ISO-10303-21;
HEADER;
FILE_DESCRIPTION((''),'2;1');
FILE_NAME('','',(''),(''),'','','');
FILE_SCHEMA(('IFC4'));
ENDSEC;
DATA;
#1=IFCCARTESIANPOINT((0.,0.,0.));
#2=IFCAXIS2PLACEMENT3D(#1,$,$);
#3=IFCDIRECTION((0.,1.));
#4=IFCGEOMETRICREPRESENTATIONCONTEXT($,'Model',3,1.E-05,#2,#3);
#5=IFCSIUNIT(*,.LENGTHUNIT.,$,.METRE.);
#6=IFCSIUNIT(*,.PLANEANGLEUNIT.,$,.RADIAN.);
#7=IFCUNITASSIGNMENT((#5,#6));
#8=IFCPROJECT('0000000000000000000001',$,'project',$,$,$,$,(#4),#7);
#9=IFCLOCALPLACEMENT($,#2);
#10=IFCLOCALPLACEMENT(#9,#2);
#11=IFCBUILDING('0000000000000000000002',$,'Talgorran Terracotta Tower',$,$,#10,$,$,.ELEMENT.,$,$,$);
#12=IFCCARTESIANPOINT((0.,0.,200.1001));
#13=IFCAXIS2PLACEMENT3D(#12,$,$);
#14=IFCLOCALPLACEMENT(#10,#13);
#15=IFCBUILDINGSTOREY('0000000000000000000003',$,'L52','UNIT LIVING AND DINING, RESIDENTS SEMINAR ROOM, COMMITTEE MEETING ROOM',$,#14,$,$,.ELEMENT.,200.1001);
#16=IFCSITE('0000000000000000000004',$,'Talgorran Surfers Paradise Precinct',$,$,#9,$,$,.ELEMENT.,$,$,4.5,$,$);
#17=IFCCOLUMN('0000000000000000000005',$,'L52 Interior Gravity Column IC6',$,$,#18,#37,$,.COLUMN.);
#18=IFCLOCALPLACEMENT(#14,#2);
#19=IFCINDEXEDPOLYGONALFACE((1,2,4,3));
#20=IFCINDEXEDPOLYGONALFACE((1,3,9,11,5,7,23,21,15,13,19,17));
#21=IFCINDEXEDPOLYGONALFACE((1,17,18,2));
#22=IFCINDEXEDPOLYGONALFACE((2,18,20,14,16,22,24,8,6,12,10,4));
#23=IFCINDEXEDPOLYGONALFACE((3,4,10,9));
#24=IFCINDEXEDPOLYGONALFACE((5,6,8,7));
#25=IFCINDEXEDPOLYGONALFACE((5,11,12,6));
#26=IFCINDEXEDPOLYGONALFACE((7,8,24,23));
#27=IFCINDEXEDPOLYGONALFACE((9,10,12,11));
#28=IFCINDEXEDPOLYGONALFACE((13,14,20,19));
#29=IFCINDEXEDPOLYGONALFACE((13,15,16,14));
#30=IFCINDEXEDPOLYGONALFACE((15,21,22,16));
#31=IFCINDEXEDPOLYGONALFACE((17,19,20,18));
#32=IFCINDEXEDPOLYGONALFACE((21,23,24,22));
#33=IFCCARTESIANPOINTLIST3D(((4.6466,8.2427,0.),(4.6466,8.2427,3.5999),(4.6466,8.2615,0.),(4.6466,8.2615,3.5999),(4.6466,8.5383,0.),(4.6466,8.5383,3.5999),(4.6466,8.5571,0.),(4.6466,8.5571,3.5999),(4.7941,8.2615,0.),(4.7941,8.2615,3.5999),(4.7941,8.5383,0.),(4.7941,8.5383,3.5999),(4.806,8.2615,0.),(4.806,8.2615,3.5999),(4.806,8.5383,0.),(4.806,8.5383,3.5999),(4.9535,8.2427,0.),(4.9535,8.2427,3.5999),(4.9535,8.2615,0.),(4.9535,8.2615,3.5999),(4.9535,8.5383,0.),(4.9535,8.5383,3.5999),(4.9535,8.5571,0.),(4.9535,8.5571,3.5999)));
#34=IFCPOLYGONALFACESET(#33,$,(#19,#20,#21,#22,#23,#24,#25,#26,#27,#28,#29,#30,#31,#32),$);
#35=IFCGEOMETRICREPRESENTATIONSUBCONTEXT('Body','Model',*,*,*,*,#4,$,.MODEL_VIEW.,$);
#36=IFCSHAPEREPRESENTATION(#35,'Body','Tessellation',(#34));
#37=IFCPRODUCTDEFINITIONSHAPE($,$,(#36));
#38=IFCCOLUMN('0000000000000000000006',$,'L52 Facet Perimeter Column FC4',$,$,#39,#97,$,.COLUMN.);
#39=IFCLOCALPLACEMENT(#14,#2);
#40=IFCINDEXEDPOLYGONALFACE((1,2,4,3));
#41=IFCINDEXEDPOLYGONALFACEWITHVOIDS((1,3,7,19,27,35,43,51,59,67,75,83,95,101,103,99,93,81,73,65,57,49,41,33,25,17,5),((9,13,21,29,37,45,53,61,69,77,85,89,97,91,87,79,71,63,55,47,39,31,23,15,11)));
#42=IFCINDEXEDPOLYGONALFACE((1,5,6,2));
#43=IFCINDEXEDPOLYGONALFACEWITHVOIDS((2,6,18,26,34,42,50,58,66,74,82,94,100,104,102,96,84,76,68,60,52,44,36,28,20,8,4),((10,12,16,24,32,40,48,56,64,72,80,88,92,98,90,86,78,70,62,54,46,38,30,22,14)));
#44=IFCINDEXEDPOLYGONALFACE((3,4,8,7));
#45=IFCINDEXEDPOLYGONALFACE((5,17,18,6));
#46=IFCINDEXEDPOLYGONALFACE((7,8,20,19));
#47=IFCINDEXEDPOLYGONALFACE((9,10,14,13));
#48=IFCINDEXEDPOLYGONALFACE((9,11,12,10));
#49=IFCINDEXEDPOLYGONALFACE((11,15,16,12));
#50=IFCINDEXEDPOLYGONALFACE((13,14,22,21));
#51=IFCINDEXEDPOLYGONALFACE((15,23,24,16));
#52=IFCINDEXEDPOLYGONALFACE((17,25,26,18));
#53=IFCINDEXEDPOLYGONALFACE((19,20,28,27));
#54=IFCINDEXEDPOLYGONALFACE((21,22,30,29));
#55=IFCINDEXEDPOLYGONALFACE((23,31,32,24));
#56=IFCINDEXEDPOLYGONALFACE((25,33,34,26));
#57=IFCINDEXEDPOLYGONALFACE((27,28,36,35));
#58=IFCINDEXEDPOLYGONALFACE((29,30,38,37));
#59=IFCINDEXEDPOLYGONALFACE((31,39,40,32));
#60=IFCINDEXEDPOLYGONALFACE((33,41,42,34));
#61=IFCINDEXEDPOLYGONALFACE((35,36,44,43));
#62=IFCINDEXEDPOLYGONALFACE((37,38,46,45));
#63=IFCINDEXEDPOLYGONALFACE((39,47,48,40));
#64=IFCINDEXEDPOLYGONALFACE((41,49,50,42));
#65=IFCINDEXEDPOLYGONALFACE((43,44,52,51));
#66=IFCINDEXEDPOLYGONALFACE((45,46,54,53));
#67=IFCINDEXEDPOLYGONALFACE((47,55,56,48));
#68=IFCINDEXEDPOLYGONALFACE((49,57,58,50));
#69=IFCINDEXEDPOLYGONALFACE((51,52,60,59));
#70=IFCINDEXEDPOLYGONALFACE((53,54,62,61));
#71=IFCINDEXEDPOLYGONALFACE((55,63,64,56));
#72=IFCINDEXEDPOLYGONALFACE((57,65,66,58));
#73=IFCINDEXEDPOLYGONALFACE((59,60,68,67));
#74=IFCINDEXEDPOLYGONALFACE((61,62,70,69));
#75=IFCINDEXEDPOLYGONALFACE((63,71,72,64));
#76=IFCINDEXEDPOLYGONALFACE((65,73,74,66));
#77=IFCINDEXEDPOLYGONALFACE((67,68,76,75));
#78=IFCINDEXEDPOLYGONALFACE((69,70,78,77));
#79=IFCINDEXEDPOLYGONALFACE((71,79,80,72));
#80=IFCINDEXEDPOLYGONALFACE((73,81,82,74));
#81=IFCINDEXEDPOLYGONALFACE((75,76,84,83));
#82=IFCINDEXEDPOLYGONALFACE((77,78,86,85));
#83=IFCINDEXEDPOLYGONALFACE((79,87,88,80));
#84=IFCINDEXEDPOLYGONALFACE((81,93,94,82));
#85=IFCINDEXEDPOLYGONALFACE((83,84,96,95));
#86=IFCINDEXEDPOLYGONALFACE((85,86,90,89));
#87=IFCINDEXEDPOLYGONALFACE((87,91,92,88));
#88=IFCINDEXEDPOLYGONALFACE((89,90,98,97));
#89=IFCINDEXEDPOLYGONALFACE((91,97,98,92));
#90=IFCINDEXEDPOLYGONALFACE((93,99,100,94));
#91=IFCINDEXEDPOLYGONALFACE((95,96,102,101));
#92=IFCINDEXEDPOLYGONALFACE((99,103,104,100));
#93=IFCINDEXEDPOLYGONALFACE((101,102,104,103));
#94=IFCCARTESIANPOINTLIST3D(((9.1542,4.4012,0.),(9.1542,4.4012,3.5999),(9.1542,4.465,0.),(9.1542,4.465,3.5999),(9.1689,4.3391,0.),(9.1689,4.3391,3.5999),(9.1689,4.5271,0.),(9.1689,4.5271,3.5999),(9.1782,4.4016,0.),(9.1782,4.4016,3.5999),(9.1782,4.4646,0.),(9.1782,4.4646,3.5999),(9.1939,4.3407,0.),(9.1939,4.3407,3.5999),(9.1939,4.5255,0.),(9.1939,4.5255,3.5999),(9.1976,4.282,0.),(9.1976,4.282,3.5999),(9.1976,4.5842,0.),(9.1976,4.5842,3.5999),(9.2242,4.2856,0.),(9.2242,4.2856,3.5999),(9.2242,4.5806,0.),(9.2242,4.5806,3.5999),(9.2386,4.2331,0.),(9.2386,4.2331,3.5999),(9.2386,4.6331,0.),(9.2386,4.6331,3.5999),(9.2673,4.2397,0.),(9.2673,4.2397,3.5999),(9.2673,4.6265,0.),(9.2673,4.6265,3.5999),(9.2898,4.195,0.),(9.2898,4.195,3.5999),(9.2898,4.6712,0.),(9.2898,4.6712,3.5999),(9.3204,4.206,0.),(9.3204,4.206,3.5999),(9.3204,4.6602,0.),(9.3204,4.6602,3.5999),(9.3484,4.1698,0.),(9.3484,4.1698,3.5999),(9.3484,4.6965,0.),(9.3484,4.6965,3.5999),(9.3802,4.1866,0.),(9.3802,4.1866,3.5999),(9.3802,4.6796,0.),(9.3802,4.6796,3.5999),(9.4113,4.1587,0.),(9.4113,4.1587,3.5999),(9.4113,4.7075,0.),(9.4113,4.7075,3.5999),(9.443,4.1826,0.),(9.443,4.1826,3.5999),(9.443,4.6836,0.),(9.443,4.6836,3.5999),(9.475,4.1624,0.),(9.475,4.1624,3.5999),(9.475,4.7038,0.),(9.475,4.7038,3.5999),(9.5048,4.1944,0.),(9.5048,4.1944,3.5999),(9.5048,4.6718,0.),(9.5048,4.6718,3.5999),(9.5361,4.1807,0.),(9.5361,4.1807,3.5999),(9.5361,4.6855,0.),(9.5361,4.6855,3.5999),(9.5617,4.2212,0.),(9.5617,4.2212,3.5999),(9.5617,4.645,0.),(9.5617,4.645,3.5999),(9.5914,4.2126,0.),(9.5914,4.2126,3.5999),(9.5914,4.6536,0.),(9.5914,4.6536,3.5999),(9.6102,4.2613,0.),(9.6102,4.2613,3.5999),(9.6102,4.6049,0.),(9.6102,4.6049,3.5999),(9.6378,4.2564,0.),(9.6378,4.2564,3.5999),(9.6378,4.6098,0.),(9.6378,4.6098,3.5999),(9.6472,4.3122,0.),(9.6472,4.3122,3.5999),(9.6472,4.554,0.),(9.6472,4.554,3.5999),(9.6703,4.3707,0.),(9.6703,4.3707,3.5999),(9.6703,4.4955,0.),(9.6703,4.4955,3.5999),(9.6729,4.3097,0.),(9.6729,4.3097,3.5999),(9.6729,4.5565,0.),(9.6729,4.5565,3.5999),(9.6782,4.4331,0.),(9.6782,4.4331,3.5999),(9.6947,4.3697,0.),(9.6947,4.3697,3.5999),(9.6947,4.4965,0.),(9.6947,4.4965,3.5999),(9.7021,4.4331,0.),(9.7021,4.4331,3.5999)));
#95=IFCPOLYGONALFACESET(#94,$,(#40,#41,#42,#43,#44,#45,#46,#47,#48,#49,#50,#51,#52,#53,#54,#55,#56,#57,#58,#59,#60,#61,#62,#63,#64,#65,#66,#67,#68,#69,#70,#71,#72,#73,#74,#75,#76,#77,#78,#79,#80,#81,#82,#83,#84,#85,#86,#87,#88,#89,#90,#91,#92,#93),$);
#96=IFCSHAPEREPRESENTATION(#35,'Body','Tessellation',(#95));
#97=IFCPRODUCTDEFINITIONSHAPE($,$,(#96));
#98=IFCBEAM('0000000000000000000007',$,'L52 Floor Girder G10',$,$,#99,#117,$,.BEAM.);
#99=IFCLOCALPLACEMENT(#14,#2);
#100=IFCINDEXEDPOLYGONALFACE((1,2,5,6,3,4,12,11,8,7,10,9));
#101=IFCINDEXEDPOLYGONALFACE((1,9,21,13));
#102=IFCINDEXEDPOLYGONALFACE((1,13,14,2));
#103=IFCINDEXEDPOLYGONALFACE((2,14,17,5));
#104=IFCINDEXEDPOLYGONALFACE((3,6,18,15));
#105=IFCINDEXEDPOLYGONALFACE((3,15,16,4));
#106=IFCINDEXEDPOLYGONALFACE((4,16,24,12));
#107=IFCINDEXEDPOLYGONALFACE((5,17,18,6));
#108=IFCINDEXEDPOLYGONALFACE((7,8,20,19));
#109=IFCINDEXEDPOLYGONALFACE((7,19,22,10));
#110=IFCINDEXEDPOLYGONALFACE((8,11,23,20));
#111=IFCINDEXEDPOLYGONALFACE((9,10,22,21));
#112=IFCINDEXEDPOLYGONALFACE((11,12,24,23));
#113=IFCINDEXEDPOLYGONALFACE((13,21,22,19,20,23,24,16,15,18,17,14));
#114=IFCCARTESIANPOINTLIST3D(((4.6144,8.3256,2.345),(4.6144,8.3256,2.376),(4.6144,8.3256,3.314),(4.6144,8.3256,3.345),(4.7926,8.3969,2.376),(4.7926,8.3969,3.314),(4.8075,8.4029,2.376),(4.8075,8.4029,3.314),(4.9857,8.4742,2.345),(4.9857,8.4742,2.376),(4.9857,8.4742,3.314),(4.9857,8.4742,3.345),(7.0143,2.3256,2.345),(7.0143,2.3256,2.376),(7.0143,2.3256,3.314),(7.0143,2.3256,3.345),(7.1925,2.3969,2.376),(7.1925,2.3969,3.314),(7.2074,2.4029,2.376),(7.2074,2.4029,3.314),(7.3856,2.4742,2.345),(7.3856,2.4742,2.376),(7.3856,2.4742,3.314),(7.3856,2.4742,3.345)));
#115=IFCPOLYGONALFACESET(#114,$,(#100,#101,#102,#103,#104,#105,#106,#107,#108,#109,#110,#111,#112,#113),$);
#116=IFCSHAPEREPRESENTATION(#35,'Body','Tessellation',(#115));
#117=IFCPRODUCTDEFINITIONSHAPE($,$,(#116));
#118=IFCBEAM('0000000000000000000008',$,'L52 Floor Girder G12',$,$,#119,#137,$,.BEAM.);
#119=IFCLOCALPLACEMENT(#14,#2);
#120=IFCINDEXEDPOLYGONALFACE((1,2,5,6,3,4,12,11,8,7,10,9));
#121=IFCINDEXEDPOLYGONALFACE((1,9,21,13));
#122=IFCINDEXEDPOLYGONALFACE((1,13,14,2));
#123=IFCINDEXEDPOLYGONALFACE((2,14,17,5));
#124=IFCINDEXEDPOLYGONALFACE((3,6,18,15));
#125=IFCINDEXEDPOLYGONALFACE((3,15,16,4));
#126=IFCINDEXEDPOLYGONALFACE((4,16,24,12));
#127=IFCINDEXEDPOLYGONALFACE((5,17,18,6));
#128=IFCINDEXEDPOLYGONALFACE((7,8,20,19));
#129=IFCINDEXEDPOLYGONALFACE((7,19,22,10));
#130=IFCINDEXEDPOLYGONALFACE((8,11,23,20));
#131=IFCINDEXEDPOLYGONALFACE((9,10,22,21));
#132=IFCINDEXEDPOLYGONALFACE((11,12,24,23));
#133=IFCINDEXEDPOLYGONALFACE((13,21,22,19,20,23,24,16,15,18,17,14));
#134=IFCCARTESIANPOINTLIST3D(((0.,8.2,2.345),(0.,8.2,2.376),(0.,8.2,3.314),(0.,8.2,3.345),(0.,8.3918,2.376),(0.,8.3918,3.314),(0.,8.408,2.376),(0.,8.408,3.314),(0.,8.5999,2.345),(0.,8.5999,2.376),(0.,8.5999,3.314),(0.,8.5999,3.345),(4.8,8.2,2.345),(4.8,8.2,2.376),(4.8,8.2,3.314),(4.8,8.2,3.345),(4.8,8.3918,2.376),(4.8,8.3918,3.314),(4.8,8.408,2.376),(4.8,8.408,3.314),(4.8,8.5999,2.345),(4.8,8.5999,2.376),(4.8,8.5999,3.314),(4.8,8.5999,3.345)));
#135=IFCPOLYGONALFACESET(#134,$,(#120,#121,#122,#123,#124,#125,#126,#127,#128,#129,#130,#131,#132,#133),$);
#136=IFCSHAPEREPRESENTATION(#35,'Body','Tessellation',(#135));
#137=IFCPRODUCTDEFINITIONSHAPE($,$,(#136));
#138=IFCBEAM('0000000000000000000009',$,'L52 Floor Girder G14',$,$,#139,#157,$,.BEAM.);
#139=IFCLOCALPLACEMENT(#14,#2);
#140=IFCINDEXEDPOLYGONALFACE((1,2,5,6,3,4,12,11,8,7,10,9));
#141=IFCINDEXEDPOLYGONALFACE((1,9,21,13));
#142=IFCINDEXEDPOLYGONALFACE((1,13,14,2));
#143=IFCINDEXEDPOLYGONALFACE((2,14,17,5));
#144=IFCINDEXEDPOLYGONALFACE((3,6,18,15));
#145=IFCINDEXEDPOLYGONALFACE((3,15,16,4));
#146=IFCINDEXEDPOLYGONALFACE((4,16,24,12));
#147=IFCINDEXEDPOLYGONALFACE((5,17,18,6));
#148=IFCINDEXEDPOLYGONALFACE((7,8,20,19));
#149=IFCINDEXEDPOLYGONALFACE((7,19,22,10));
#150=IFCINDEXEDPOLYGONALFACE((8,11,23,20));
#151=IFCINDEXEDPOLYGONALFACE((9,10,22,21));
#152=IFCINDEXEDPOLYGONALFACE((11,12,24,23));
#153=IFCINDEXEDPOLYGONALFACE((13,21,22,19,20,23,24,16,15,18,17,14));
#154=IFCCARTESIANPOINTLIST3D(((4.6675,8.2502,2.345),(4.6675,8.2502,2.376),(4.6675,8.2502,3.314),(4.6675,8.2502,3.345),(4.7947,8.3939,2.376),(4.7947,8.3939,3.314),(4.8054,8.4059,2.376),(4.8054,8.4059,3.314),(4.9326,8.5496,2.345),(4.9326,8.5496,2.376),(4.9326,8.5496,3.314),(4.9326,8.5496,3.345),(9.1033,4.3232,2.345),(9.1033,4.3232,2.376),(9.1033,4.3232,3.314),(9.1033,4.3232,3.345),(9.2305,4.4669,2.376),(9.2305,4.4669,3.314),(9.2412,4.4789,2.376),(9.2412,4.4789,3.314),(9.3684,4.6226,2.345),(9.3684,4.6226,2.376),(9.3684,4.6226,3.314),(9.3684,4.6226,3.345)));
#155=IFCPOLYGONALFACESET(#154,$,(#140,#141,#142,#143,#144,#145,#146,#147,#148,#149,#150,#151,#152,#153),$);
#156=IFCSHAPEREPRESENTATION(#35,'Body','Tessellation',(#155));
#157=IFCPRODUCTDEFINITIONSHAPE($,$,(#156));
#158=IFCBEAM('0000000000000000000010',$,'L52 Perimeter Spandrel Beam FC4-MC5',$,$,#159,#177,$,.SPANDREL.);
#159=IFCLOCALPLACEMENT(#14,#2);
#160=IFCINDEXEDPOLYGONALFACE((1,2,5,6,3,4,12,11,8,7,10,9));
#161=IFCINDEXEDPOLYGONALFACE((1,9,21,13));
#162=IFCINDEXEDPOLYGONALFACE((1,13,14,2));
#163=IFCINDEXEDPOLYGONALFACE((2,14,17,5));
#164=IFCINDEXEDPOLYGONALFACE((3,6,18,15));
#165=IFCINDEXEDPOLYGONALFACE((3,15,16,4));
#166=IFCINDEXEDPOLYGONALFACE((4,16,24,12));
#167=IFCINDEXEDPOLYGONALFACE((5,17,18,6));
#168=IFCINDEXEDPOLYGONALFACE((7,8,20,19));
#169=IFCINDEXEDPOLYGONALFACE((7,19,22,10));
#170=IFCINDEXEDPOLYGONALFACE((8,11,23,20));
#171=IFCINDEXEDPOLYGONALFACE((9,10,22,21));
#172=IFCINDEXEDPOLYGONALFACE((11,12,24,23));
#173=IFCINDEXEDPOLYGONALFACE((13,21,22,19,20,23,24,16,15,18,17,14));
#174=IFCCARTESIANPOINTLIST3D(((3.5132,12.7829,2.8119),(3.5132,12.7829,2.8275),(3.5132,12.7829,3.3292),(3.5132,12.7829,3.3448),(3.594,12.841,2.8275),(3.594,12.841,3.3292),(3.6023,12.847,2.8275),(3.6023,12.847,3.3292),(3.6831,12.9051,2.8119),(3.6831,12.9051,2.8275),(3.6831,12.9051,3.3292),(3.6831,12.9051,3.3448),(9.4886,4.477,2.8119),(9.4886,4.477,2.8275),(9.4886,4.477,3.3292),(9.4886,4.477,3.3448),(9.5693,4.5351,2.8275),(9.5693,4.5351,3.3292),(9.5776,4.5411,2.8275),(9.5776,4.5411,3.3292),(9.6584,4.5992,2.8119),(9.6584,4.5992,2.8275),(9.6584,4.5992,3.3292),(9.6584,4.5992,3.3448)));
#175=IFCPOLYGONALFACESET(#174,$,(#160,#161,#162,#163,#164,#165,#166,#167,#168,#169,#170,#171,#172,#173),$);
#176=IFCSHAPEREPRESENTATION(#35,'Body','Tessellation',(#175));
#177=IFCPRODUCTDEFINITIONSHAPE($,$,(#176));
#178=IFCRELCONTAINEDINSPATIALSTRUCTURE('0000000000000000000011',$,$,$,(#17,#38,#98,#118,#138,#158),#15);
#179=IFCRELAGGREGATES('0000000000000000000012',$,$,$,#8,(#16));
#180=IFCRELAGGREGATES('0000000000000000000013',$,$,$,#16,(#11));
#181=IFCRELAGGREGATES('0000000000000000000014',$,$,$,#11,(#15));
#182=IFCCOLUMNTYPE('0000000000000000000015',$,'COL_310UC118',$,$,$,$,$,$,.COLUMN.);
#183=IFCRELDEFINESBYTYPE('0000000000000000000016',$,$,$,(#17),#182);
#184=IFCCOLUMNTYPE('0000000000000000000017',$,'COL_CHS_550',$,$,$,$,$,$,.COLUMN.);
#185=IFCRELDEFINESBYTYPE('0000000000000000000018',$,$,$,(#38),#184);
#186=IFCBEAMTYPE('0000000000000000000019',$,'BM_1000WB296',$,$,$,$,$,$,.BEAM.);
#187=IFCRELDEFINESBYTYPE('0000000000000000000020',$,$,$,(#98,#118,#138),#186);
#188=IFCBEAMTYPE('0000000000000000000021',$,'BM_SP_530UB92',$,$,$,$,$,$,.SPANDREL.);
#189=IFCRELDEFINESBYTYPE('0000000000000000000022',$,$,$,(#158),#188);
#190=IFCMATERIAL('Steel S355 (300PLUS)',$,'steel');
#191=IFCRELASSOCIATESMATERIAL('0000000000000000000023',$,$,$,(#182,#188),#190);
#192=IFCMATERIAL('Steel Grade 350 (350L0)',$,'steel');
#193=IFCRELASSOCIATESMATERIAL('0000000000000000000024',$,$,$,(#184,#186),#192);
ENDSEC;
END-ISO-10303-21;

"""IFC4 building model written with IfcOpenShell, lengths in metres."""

from ifc_helpers import new_model, si_unit, direction, frame, origin, origin_2d, place, context, subcontext, project, spatial, hollow_circle, i_section, extrude, material, material_profile, profile_set, type_object, element, save


model = new_model("IFC4")

# Units and contexts
model_context = context("Model", 3, precision=1e-05, world=origin(), true_north=direction((0.0, 1.0)))
body_context = subcontext(model_context, "Body", "Model", "MODEL_VIEW")
ifc_project = project(units=[si_unit("LENGTHUNIT", "METRE"), si_unit("PLANEANGLEUNIT", "RADIAN")], contexts=[model_context])

# Site, building, storey
site_placement = place(None, origin())
site = spatial("IfcSite", under=ifc_project, at=site_placement, Name="Talgorran Surfers Paradise Precinct", CompositionType="ELEMENT", RefElevation=4.5)
building_placement = place(site_placement, origin())
building = spatial("IfcBuilding", under=site, at=building_placement, Name="Talgorran Terracotta Tower", CompositionType="ELEMENT")
storey_placement = place(building_placement, frame((0.0, 0.0, 200.1001)))
storey = spatial("IfcBuildingStorey", under=building, at=storey_placement, Name="L52", Description="UNIT LIVING AND DINING, RESIDENTS SEMINAR ROOM, COMMITTEE MEETING ROOM", CompositionType="ELEMENT", Elevation=200.1001)

# Columns
ifc_material_1 = material(Name="Steel S355 (300PLUS)", Category="steel")
ifc_material_profile_1 = material_profile(ifc_material_1, i_section(OverallWidth=0.3069, OverallDepth=0.3145, WebThickness=0.012, FlangeThickness=0.0188, at=origin_2d()), Name="310UC118")
ifc_profile_set_1 = profile_set([ifc_material_profile_1], Name="Steel S355 (300PLUS)")
column_type_1 = type_object("IfcColumnType", Name="COL_310UC118", PredefinedType="COLUMN", material=ifc_profile_set_1)
column_1_placement = place(storey_placement, frame((4.8, 8.3999, 0.0), z_axis=(0.0, 0.0, 1.0), x_axis=(1.0, 0.0, 0.0)))
element("IfcColumn", 1, at=column_1_placement, inside=storey, type_object=column_type_1, Name="L52 Interior Gravity Column IC6", PredefinedType="COLUMN", context=body_context, shape_type="SweptSolid", body=[
    extrude(i_section(OverallWidth=0.3069, OverallDepth=0.3145, WebThickness=0.012, FlangeThickness=0.0188, at=origin_2d()), origin(), (0.0, 0.0, 1.0), 3.5999),
])
ifc_material_2 = material(Name="Steel Grade 350 (350L0)", Category="steel")
ifc_material_profile_2 = material_profile(ifc_material_2, hollow_circle(Radius=0.2749, WallThickness=0.0239, at=origin_2d()), Name="CHS550X24")
ifc_profile_set_2 = profile_set([ifc_material_profile_2], Name="Steel Grade 350 (350L0)")
column_type_2 = type_object("IfcColumnType", Name="COL_CHS_550", PredefinedType="COLUMN", material=ifc_profile_set_2)
column_2_placement = place(storey_placement, frame((9.4272, 4.4331, 0.0), z_axis=(0.0, 0.0, 1.0), x_axis=(1.0, 0.0, 0.0)))
element("IfcColumn", 2, at=column_2_placement, inside=storey, type_object=column_type_2, Name="L52 Facet Perimeter Column FC4", PredefinedType="COLUMN", context=body_context, shape_type="SweptSolid", body=[
    extrude(hollow_circle(Radius=0.2749, WallThickness=0.0239, at=origin_2d()), origin(), (0.0, 0.0, 1.0), 3.5999),
])

# Beams
ifc_material_profile_3 = material_profile(ifc_material_2, i_section(OverallWidth=0.3999, OverallDepth=1.0, WebThickness=0.0161, FlangeThickness=0.031, at=origin_2d()), Name="1000WB296")
ifc_profile_set_3 = profile_set([ifc_material_profile_3], Name="Steel Grade 350 (350L0)")
beam_type_1 = type_object("IfcBeamType", Name="BM_1000WB296", PredefinedType="BEAM", material=ifc_profile_set_3)
beam_1_placement = place(storey_placement, frame((7.2, 2.3999, 2.845), z_axis=(-0.371378, 0.928482, 0.0), x_axis=(-0.928482, -0.371378, 0.0)))
element("IfcBeam", 3, at=beam_1_placement, inside=storey, type_object=beam_type_1, Name="L52 Floor Girder G10", PredefinedType="BEAM", context=body_context, shape_type="SweptSolid", body=[
    extrude(i_section(OverallWidth=0.3999, OverallDepth=1.0, WebThickness=0.0161, FlangeThickness=0.031, at=origin_2d()), origin(), (0.0, 0.0, 1.0), 6.4622),
])
beam_2_placement = place(storey_placement, frame((0.0, 8.3999, 2.845), z_axis=(1.0, 0.0, 0.0), x_axis=(0.0, 1.0, 0.0)))
element("IfcBeam", 4, at=beam_2_placement, inside=storey, type_object=beam_type_1, Name="L52 Floor Girder G12", PredefinedType="BEAM", context=body_context, shape_type="SweptSolid", body=[
    extrude(i_section(OverallWidth=0.3999, OverallDepth=1.0, WebThickness=0.0161, FlangeThickness=0.031, at=origin_2d()), origin(), (0.0, 0.0, 1.0), 4.8),
])
beam_3_placement = place(storey_placement, frame((4.8, 8.3999, 2.845), z_axis=(0.748742, -0.662861, 0.0), x_axis=(0.662861, 0.748742, 0.0)))
element("IfcBeam", 5, at=beam_3_placement, inside=storey, type_object=beam_type_1, Name="L52 Floor Girder G14", PredefinedType="BEAM", context=body_context, shape_type="SweptSolid", body=[
    extrude(i_section(OverallWidth=0.3999, OverallDepth=1.0, WebThickness=0.0161, FlangeThickness=0.031, at=origin_2d()), origin(), (0.0, 0.0, 1.0), 5.9243),
])
ifc_material_profile_4 = material_profile(ifc_material_1, i_section(OverallWidth=0.2092, OverallDepth=0.533, WebThickness=0.0103, FlangeThickness=0.0156, at=origin_2d()), Name="530UB92.4")
ifc_profile_set_4 = profile_set([ifc_material_profile_4], Name="Steel S355 (300PLUS)")
beam_type_2 = type_object("IfcBeamType", Name="BM_SP_530UB92", PredefinedType="SPANDREL", material=ifc_profile_set_4)
beam_4_placement = place(storey_placement, frame((9.5735, 4.5381, 3.0784), z_axis=(-0.583989, 0.811762, 0.0), x_axis=(-0.811762, -0.583989, 0.0)))
element("IfcBeam", 6, at=beam_4_placement, inside=storey, type_object=beam_type_2, Name="L52 Perimeter Spandrel Beam FC4-MC5", PredefinedType="SPANDREL", context=body_context, shape_type="SweptSolid", body=[
    extrude(i_section(OverallWidth=0.2092, OverallDepth=0.533, WebThickness=0.0103, FlangeThickness=0.0156, at=origin_2d()), origin(), (0.0, 0.0, 1.0), 10.2319),
])

save(model, "model.ifc")
